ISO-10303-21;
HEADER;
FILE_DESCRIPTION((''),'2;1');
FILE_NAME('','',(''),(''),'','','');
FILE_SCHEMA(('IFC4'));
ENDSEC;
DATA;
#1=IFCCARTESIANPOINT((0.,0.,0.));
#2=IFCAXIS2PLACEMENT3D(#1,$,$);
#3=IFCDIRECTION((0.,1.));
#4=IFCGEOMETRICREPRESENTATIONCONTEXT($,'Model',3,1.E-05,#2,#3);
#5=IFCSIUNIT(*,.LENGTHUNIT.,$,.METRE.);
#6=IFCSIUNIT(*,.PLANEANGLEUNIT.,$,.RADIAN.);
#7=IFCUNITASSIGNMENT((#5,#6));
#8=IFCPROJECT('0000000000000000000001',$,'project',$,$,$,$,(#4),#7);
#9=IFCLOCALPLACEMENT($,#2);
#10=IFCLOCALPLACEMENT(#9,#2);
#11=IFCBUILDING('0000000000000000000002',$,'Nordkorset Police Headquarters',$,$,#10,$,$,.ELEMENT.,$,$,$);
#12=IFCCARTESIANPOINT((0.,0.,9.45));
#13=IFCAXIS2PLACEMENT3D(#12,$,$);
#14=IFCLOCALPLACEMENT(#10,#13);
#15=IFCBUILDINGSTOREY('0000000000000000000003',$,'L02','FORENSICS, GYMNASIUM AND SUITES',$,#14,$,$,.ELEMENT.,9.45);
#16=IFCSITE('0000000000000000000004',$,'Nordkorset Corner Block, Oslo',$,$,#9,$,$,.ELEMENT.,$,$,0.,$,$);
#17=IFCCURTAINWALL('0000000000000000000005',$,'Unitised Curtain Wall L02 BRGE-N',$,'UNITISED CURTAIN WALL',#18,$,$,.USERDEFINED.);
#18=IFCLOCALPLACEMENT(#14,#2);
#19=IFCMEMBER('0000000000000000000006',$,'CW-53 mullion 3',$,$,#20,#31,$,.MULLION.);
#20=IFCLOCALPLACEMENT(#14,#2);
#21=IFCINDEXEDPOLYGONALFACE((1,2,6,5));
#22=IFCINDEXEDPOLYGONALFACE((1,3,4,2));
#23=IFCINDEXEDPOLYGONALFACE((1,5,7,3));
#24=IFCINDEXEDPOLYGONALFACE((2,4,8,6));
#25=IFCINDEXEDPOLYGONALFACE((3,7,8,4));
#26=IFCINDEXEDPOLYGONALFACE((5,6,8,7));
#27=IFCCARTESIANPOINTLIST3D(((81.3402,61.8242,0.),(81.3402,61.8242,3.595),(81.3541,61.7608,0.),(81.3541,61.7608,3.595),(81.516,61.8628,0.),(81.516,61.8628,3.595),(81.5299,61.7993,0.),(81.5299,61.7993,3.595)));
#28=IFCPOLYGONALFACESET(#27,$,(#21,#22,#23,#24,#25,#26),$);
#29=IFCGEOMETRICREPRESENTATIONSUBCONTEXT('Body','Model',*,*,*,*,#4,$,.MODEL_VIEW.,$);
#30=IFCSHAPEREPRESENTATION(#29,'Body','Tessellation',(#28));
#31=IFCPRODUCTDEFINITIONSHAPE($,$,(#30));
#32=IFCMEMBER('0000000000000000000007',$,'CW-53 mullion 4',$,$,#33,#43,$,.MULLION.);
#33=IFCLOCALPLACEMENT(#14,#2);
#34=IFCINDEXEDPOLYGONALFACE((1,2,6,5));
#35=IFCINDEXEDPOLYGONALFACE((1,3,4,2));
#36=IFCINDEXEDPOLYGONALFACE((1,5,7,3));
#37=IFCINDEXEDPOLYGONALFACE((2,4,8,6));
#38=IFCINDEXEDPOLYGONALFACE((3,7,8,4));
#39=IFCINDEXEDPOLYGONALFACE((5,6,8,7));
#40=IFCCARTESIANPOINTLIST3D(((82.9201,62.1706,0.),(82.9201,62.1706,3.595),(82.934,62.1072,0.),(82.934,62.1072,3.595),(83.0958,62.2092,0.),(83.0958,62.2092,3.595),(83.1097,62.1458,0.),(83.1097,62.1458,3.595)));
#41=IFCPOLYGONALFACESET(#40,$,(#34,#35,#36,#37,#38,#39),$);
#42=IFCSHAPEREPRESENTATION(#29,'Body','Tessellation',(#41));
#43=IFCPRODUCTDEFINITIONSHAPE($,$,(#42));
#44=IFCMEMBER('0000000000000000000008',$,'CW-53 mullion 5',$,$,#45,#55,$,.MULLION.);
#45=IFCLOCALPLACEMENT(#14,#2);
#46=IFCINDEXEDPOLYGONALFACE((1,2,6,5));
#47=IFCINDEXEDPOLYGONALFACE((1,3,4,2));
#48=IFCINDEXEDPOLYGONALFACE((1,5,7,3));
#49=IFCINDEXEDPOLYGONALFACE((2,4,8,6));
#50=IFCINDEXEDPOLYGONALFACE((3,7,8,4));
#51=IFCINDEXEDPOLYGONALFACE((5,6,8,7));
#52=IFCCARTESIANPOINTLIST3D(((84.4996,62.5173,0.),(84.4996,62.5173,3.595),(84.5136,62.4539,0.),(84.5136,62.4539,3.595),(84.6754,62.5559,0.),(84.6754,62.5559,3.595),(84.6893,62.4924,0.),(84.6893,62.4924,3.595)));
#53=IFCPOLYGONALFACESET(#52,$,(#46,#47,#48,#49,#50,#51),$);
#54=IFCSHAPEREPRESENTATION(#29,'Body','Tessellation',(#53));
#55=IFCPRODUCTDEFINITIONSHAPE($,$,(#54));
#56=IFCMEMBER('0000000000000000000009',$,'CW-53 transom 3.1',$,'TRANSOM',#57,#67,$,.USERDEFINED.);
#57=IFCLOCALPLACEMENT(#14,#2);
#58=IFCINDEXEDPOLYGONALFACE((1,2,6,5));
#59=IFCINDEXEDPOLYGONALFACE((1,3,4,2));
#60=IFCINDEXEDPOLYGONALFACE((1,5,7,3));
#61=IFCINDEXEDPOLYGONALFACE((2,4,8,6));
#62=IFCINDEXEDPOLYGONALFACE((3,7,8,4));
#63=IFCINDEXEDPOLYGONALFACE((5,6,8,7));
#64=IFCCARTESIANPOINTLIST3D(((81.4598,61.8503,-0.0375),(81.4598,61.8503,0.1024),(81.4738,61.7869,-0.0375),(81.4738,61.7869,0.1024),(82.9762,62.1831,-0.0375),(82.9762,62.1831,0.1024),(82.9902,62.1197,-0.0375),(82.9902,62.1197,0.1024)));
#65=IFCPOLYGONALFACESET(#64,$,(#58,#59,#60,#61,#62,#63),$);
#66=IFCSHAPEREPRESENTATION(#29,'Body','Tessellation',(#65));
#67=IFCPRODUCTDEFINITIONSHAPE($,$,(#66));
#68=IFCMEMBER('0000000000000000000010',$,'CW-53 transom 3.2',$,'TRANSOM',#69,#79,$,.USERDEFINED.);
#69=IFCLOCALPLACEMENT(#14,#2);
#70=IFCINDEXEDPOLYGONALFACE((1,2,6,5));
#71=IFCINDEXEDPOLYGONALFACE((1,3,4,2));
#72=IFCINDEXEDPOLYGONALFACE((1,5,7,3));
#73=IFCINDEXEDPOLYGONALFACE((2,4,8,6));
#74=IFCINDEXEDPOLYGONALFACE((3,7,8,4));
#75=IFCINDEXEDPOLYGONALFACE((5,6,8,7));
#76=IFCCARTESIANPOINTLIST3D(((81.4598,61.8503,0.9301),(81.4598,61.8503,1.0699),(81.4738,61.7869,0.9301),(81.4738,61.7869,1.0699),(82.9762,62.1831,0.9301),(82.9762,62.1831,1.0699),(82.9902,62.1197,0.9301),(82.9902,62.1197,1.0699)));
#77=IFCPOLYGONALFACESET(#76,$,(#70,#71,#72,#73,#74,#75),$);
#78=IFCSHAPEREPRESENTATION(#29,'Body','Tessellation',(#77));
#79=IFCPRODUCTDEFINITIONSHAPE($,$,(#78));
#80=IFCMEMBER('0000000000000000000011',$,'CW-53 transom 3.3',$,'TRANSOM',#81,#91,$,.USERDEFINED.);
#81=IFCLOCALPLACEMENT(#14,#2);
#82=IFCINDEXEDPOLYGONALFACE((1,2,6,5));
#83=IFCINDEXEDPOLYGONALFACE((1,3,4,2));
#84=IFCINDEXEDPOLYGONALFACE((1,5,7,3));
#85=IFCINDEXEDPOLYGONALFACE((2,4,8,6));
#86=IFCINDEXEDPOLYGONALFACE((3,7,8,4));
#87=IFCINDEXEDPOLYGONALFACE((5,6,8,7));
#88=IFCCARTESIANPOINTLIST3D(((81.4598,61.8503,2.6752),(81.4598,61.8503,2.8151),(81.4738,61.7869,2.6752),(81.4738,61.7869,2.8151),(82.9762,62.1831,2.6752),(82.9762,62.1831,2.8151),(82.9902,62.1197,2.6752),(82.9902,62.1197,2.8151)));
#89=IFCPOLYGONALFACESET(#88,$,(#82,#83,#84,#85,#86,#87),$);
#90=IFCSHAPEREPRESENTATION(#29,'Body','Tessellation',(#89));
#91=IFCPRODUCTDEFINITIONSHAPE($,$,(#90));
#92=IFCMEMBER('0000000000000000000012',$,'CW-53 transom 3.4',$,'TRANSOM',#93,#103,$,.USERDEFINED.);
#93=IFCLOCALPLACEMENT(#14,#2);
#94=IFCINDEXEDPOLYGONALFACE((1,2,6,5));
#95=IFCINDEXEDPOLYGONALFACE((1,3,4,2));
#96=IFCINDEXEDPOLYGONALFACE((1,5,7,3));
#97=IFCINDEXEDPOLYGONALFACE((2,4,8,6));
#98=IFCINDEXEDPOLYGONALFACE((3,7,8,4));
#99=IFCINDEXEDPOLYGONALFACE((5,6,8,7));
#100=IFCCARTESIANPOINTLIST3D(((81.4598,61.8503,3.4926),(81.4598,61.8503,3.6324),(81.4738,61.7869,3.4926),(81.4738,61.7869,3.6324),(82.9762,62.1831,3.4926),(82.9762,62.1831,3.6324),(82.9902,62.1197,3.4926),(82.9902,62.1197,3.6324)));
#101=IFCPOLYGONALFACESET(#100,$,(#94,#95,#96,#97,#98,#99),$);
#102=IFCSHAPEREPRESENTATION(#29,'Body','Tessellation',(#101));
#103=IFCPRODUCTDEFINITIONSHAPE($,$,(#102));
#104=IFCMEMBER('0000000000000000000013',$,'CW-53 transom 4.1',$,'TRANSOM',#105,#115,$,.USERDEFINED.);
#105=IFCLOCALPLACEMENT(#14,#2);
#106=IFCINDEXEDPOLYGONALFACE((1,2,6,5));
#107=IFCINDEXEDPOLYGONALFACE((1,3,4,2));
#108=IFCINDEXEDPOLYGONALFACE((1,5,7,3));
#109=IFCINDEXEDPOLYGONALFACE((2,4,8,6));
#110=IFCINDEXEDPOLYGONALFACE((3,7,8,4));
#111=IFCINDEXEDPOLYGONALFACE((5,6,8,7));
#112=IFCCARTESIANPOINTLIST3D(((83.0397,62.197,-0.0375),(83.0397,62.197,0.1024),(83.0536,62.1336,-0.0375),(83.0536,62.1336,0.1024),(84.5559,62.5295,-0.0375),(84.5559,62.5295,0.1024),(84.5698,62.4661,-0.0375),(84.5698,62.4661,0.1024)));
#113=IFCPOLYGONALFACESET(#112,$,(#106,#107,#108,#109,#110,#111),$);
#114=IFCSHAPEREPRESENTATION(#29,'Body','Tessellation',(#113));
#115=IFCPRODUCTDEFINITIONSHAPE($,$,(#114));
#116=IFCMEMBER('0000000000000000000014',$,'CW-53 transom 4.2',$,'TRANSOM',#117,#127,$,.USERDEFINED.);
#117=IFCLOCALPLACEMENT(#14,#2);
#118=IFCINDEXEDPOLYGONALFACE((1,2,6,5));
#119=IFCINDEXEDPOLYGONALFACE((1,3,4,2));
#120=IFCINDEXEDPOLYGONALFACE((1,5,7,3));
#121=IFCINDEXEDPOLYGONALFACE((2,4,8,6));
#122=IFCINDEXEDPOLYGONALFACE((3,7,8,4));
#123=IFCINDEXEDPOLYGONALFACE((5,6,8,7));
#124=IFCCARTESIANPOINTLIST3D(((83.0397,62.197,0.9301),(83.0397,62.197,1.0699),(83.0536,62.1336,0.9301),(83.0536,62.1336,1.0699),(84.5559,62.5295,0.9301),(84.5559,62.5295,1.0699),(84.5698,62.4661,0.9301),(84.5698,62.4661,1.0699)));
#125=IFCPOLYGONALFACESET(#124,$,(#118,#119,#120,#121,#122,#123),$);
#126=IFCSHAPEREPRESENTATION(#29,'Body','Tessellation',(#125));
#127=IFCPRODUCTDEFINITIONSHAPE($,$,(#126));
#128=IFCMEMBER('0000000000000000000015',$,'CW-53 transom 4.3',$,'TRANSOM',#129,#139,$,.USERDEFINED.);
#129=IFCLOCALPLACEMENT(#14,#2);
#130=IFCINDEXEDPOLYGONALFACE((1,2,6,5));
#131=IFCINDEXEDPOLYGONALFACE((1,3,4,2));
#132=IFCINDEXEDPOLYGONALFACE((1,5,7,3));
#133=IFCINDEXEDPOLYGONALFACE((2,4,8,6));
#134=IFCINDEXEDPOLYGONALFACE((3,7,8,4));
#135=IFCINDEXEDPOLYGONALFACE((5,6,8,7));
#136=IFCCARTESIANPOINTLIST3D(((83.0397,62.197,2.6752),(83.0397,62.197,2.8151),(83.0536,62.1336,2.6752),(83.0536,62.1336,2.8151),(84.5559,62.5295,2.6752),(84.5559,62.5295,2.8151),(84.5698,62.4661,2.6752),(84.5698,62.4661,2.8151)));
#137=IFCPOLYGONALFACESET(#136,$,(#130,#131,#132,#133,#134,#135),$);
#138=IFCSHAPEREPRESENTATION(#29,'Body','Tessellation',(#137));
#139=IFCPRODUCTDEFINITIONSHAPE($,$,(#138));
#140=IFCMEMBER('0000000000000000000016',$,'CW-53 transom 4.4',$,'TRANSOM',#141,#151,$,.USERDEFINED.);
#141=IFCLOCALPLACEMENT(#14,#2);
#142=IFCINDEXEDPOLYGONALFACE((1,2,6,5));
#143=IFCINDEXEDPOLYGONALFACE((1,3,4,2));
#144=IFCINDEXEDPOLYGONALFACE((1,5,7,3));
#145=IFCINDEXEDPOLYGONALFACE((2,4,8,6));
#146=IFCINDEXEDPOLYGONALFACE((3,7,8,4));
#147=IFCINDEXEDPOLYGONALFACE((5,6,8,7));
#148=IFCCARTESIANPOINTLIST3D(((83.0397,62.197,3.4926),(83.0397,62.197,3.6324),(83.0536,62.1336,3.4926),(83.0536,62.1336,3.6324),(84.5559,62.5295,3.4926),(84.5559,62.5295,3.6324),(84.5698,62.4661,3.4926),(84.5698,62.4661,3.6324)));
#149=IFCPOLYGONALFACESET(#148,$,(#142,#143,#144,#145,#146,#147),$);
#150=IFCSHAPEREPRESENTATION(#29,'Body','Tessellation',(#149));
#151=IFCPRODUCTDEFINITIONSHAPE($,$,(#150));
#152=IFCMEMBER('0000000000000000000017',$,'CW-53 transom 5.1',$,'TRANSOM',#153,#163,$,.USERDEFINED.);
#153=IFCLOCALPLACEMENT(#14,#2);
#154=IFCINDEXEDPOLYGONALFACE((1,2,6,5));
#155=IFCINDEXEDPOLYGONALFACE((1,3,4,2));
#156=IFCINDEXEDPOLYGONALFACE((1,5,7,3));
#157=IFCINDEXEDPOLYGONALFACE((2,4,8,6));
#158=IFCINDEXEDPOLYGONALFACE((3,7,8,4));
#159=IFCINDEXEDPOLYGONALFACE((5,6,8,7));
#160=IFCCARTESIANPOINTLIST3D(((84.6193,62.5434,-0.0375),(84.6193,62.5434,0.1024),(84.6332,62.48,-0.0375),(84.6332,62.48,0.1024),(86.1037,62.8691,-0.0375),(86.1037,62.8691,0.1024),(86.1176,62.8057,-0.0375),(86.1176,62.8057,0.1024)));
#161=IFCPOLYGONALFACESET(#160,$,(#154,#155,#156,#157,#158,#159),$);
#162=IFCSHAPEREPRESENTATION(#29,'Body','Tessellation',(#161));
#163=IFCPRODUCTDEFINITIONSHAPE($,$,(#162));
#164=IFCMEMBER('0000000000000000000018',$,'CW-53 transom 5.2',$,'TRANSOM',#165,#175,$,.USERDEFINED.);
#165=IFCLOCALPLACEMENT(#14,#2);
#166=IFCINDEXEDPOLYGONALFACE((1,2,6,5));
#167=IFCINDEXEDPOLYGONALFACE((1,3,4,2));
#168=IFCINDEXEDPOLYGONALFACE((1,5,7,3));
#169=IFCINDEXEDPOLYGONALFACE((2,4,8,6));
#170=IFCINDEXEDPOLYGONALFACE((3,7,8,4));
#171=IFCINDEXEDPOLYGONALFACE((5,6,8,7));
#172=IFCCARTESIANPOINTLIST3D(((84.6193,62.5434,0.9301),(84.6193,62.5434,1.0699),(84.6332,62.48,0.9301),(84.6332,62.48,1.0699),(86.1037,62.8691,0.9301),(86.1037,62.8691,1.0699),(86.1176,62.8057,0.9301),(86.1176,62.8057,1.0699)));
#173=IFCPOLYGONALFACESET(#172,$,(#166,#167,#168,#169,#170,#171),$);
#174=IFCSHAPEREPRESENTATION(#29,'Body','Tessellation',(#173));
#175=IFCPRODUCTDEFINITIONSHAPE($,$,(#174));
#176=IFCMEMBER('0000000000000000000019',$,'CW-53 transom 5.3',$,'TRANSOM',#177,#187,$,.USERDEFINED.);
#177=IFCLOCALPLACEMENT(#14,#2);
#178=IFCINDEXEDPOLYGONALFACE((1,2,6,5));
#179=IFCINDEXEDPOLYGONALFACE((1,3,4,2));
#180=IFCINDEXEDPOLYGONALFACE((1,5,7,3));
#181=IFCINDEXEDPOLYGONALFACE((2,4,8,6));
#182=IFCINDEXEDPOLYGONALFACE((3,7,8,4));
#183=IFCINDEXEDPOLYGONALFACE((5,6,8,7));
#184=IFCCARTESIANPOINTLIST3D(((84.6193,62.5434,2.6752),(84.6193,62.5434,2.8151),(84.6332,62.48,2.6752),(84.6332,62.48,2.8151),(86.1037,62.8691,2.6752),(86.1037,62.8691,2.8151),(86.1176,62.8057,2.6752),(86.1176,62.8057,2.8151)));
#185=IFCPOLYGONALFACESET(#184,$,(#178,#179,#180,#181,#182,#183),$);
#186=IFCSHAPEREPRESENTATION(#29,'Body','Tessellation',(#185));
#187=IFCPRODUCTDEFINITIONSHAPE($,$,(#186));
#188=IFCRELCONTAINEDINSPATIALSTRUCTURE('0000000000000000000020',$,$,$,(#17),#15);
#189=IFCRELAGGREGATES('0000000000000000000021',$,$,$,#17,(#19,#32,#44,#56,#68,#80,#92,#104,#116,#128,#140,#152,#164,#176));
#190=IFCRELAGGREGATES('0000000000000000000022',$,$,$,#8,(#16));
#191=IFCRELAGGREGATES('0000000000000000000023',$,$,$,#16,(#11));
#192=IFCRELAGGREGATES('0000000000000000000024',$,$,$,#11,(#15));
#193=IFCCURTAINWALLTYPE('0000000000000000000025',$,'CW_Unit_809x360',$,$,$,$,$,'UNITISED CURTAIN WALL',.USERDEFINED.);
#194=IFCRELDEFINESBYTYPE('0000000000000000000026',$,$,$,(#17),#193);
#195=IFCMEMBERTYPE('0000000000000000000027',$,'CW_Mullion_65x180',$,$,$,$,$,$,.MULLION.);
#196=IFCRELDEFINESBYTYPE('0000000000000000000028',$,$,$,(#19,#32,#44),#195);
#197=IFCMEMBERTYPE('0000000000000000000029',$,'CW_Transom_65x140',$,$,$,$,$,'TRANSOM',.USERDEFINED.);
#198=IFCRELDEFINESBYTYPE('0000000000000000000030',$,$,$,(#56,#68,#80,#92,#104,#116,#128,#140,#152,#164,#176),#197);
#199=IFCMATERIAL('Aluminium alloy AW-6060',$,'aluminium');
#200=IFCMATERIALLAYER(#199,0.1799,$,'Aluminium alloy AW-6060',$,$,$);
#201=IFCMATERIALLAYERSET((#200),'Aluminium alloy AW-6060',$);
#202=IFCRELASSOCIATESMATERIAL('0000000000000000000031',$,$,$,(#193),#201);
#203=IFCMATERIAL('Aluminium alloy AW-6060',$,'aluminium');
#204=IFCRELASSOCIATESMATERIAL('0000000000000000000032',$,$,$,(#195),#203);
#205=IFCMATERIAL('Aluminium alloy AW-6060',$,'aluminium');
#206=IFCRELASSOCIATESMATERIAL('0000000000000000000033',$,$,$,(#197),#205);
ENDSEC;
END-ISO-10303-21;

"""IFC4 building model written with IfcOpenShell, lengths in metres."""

from ifc_helpers import new_model, si_unit, direction, frame, origin, origin_2d, place, context, subcontext, project, spatial, rectangle, extrude, material, layer, layer_set, material_profile, profile_set, type_object, element, aggregate, save


model = new_model("IFC4")

# Units and contexts
model_context = context("Model", 3, precision=1e-05, world=origin(), true_north=direction((0.0, 1.0)))
body_context = subcontext(model_context, "Body", "Model", "MODEL_VIEW")
ifc_project = project(units=[si_unit("LENGTHUNIT", "METRE"), si_unit("PLANEANGLEUNIT", "RADIAN")], contexts=[model_context])

# Site, building, storey
site_placement = place(None, origin())
site = spatial("IfcSite", under=ifc_project, at=site_placement, Name="Nordkorset Corner Block, Oslo", CompositionType="ELEMENT", RefElevation=0.0)
building_placement = place(site_placement, origin())
building = spatial("IfcBuilding", under=site, at=building_placement, Name="Nordkorset Police Headquarters", CompositionType="ELEMENT")
storey_placement = place(building_placement, frame((0.0, 0.0, 9.45)))
storey = spatial("IfcBuildingStorey", under=building, at=storey_placement, Name="L02", Description="FORENSICS, GYMNASIUM AND SUITES", CompositionType="ELEMENT", Elevation=9.45)

# Curtain wall, members
ifc_material_1 = material(Name="Aluminium alloy AW-6060", Category="aluminium")
ifc_layer_1 = layer(ifc_material_1, 0.1799, Name="Aluminium alloy AW-6060")
ifc_layer_set_1 = layer_set([ifc_layer_1], Name="Aluminium alloy AW-6060")
curtain_wall_type = type_object("IfcCurtainWallType", Name="CW_Unit_809x360", ElementType="UNITISED CURTAIN WALL", PredefinedType="USERDEFINED", material=ifc_layer_set_1)
curtain_wall_placement = place(storey_placement, origin())
curtain_wall = element("IfcCurtainWall", 1, at=curtain_wall_placement, inside=storey, type_object=curtain_wall_type, Name="Unitised Curtain Wall L02 BRGE-N", ObjectType="UNITISED CURTAIN WALL", PredefinedType="USERDEFINED")
ifc_material_2 = material(Name="Aluminium alloy AW-6060", Category="aluminium")
ifc_material_profile_1 = material_profile(ifc_material_2, rectangle(XDim=0.0649, YDim=0.1799, at=origin_2d()), Name="ALU MULL 65x180")
ifc_profile_set_1 = profile_set([ifc_material_profile_1], Name="Aluminium alloy AW-6060")
member_type_1 = type_object("IfcMemberType", Name="CW_Mullion_65x180", PredefinedType="MULLION", material=ifc_profile_set_1)
member_1_placement = place(storey_placement, frame((81.4351, 61.8118, 0.0), z_axis=(0.0, 0.0, 1.0), x_axis=(-0.214298, 0.976768, 0.0)))
member_1 = element("IfcMember", 2, at=member_1_placement, type_object=member_type_1, Name="CW-53 mullion 3", PredefinedType="MULLION", context=body_context, shape_type="SweptSolid", body=[
    extrude(rectangle(XDim=0.0649, YDim=0.1799, at=origin_2d()), origin(), (0.0, 0.0, 1.0), 3.595),
])
member_2_placement = place(storey_placement, frame((83.0149, 62.1582, 0.0), z_axis=(0.0, 0.0, 1.0), x_axis=(-0.214298, 0.976768, 0.0)))
member_2 = element("IfcMember", 3, at=member_2_placement, type_object=member_type_1, Name="CW-53 mullion 4", PredefinedType="MULLION", context=body_context, shape_type="SweptSolid", body=[
    extrude(rectangle(XDim=0.0649, YDim=0.1799, at=origin_2d()), origin(), (0.0, 0.0, 1.0), 3.595),
])
member_3_placement = place(storey_placement, frame((84.5945, 62.5049, 0.0), z_axis=(0.0, 0.0, 1.0), x_axis=(-0.214298, 0.976768, 0.0)))
member_3 = element("IfcMember", 4, at=member_3_placement, type_object=member_type_1, Name="CW-53 mullion 5", PredefinedType="MULLION", context=body_context, shape_type="SweptSolid", body=[
    extrude(rectangle(XDim=0.0649, YDim=0.1799, at=origin_2d()), origin(), (0.0, 0.0, 1.0), 3.595),
])
ifc_material_3 = material(Name="Aluminium alloy AW-6060", Category="aluminium")
ifc_material_profile_2 = material_profile(ifc_material_3, rectangle(XDim=0.0649, YDim=0.1399, at=origin_2d()), Name="ALU TRAN 65x140")
ifc_profile_set_2 = profile_set([ifc_material_profile_2], Name="Aluminium alloy AW-6060")
member_type_2 = type_object("IfcMemberType", Name="CW_Transom_65x140", ElementType="TRANSOM", PredefinedType="USERDEFINED", material=ifc_profile_set_2)
member_4_placement = place(storey_placement, frame((81.4668, 61.8186, 0.0325), z_axis=(0.976757, 0.214349, 0.0), x_axis=(-0.214349, 0.976757, 0.0)))
member_4 = element("IfcMember", 5, at=member_4_placement, type_object=member_type_2, Name="CW-53 transom 3.1", ObjectType="TRANSOM", PredefinedType="USERDEFINED", context=body_context, shape_type="SweptSolid", body=[
    extrude(rectangle(XDim=0.0649, YDim=0.1399, at=origin_2d()), origin(), (0.0, 0.0, 1.0), 1.5525),
])
member_5_placement = place(storey_placement, frame((81.4668, 61.8186, 1.0), z_axis=(0.976757, 0.214349, 0.0), x_axis=(-0.214349, 0.976757, 0.0)))
member_5 = element("IfcMember", 6, at=member_5_placement, type_object=member_type_2, Name="CW-53 transom 3.2", ObjectType="TRANSOM", PredefinedType="USERDEFINED", context=body_context, shape_type="SweptSolid", body=[
    extrude(rectangle(XDim=0.0649, YDim=0.1399, at=origin_2d()), origin(), (0.0, 0.0, 1.0), 1.5525),
])
member_6_placement = place(storey_placement, frame((81.4668, 61.8186, 2.7451), z_axis=(0.976757, 0.214349, 0.0), x_axis=(-0.214349, 0.976757, 0.0)))
member_6 = element("IfcMember", 7, at=member_6_placement, type_object=member_type_2, Name="CW-53 transom 3.3", ObjectType="TRANSOM", PredefinedType="USERDEFINED", context=body_context, shape_type="SweptSolid", body=[
    extrude(rectangle(XDim=0.0649, YDim=0.1399, at=origin_2d()), origin(), (0.0, 0.0, 1.0), 1.5525),
])
member_7_placement = place(storey_placement, frame((81.4668, 61.8186, 3.5625), z_axis=(0.976757, 0.214349, 0.0), x_axis=(-0.214349, 0.976757, 0.0)))
member_7 = element("IfcMember", 8, at=member_7_placement, type_object=member_type_2, Name="CW-53 transom 3.4", ObjectType="TRANSOM", PredefinedType="USERDEFINED", context=body_context, shape_type="SweptSolid", body=[
    extrude(rectangle(XDim=0.0649, YDim=0.1399, at=origin_2d()), origin(), (0.0, 0.0, 1.0), 1.5525),
])
member_8_placement = place(storey_placement, frame((83.0466, 62.1653, 0.0325), z_axis=(0.976783, 0.214232, 0.0), x_axis=(-0.214232, 0.976783, 0.0)))
member_8 = element("IfcMember", 9, at=member_8_placement, type_object=member_type_2, Name="CW-53 transom 4.1", ObjectType="TRANSOM", PredefinedType="USERDEFINED", context=body_context, shape_type="SweptSolid", body=[
    extrude(rectangle(XDim=0.0649, YDim=0.1399, at=origin_2d()), origin(), (0.0, 0.0, 1.0), 1.5522),
])
member_9_placement = place(storey_placement, frame((83.0466, 62.1653, 1.0), z_axis=(0.976783, 0.214232, 0.0), x_axis=(-0.214232, 0.976783, 0.0)))
member_9 = element("IfcMember", 10, at=member_9_placement, type_object=member_type_2, Name="CW-53 transom 4.2", ObjectType="TRANSOM", PredefinedType="USERDEFINED", context=body_context, shape_type="SweptSolid", body=[
    extrude(rectangle(XDim=0.0649, YDim=0.1399, at=origin_2d()), origin(), (0.0, 0.0, 1.0), 1.5522),
])
member_10_placement = place(storey_placement, frame((83.0466, 62.1653, 2.7451), z_axis=(0.976783, 0.214232, 0.0), x_axis=(-0.214232, 0.976783, 0.0)))
member_10 = element("IfcMember", 11, at=member_10_placement, type_object=member_type_2, Name="CW-53 transom 4.3", ObjectType="TRANSOM", PredefinedType="USERDEFINED", context=body_context, shape_type="SweptSolid", body=[
    extrude(rectangle(XDim=0.0649, YDim=0.1399, at=origin_2d()), origin(), (0.0, 0.0, 1.0), 1.5522),
])
member_11_placement = place(storey_placement, frame((83.0466, 62.1653, 3.5625), z_axis=(0.976783, 0.214232, 0.0), x_axis=(-0.214232, 0.976783, 0.0)))
member_11 = element("IfcMember", 12, at=member_11_placement, type_object=member_type_2, Name="CW-53 transom 4.4", ObjectType="TRANSOM", PredefinedType="USERDEFINED", context=body_context, shape_type="SweptSolid", body=[
    extrude(rectangle(XDim=0.0649, YDim=0.1399, at=origin_2d()), origin(), (0.0, 0.0, 1.0), 1.5522),
])
member_12_placement = place(storey_placement, frame((84.6262, 62.5117, 0.0325), z_axis=(0.976766, 0.21431, 0.0), x_axis=(-0.21431, 0.976766, 0.0)))
member_12 = element("IfcMember", 13, at=member_12_placement, type_object=member_type_2, Name="CW-53 transom 5.1", ObjectType="TRANSOM", PredefinedType="USERDEFINED", context=body_context, shape_type="SweptSolid", body=[
    extrude(rectangle(XDim=0.0649, YDim=0.1399, at=origin_2d()), origin(), (0.0, 0.0, 1.0), 1.5198),
])
member_13_placement = place(storey_placement, frame((84.6262, 62.5117, 1.0), z_axis=(0.976766, 0.21431, 0.0), x_axis=(-0.21431, 0.976766, 0.0)))
member_13 = element("IfcMember", 14, at=member_13_placement, type_object=member_type_2, Name="CW-53 transom 5.2", ObjectType="TRANSOM", PredefinedType="USERDEFINED", context=body_context, shape_type="SweptSolid", body=[
    extrude(rectangle(XDim=0.0649, YDim=0.1399, at=origin_2d()), origin(), (0.0, 0.0, 1.0), 1.5198),
])
member_14_placement = place(storey_placement, frame((84.6262, 62.5117, 2.7451), z_axis=(0.976766, 0.21431, 0.0), x_axis=(-0.21431, 0.976766, 0.0)))
member_14 = element("IfcMember", 15, at=member_14_placement, type_object=member_type_2, Name="CW-53 transom 5.3", ObjectType="TRANSOM", PredefinedType="USERDEFINED", context=body_context, shape_type="SweptSolid", body=[
    extrude(rectangle(XDim=0.0649, YDim=0.1399, at=origin_2d()), origin(), (0.0, 0.0, 1.0), 1.5198),
])

aggregate(curtain_wall, [member_1, member_2, member_3, member_4, member_5, member_6, member_7, member_8, member_9, member_10, member_11, member_12, member_13, member_14])

save(model, "model.ifc")
